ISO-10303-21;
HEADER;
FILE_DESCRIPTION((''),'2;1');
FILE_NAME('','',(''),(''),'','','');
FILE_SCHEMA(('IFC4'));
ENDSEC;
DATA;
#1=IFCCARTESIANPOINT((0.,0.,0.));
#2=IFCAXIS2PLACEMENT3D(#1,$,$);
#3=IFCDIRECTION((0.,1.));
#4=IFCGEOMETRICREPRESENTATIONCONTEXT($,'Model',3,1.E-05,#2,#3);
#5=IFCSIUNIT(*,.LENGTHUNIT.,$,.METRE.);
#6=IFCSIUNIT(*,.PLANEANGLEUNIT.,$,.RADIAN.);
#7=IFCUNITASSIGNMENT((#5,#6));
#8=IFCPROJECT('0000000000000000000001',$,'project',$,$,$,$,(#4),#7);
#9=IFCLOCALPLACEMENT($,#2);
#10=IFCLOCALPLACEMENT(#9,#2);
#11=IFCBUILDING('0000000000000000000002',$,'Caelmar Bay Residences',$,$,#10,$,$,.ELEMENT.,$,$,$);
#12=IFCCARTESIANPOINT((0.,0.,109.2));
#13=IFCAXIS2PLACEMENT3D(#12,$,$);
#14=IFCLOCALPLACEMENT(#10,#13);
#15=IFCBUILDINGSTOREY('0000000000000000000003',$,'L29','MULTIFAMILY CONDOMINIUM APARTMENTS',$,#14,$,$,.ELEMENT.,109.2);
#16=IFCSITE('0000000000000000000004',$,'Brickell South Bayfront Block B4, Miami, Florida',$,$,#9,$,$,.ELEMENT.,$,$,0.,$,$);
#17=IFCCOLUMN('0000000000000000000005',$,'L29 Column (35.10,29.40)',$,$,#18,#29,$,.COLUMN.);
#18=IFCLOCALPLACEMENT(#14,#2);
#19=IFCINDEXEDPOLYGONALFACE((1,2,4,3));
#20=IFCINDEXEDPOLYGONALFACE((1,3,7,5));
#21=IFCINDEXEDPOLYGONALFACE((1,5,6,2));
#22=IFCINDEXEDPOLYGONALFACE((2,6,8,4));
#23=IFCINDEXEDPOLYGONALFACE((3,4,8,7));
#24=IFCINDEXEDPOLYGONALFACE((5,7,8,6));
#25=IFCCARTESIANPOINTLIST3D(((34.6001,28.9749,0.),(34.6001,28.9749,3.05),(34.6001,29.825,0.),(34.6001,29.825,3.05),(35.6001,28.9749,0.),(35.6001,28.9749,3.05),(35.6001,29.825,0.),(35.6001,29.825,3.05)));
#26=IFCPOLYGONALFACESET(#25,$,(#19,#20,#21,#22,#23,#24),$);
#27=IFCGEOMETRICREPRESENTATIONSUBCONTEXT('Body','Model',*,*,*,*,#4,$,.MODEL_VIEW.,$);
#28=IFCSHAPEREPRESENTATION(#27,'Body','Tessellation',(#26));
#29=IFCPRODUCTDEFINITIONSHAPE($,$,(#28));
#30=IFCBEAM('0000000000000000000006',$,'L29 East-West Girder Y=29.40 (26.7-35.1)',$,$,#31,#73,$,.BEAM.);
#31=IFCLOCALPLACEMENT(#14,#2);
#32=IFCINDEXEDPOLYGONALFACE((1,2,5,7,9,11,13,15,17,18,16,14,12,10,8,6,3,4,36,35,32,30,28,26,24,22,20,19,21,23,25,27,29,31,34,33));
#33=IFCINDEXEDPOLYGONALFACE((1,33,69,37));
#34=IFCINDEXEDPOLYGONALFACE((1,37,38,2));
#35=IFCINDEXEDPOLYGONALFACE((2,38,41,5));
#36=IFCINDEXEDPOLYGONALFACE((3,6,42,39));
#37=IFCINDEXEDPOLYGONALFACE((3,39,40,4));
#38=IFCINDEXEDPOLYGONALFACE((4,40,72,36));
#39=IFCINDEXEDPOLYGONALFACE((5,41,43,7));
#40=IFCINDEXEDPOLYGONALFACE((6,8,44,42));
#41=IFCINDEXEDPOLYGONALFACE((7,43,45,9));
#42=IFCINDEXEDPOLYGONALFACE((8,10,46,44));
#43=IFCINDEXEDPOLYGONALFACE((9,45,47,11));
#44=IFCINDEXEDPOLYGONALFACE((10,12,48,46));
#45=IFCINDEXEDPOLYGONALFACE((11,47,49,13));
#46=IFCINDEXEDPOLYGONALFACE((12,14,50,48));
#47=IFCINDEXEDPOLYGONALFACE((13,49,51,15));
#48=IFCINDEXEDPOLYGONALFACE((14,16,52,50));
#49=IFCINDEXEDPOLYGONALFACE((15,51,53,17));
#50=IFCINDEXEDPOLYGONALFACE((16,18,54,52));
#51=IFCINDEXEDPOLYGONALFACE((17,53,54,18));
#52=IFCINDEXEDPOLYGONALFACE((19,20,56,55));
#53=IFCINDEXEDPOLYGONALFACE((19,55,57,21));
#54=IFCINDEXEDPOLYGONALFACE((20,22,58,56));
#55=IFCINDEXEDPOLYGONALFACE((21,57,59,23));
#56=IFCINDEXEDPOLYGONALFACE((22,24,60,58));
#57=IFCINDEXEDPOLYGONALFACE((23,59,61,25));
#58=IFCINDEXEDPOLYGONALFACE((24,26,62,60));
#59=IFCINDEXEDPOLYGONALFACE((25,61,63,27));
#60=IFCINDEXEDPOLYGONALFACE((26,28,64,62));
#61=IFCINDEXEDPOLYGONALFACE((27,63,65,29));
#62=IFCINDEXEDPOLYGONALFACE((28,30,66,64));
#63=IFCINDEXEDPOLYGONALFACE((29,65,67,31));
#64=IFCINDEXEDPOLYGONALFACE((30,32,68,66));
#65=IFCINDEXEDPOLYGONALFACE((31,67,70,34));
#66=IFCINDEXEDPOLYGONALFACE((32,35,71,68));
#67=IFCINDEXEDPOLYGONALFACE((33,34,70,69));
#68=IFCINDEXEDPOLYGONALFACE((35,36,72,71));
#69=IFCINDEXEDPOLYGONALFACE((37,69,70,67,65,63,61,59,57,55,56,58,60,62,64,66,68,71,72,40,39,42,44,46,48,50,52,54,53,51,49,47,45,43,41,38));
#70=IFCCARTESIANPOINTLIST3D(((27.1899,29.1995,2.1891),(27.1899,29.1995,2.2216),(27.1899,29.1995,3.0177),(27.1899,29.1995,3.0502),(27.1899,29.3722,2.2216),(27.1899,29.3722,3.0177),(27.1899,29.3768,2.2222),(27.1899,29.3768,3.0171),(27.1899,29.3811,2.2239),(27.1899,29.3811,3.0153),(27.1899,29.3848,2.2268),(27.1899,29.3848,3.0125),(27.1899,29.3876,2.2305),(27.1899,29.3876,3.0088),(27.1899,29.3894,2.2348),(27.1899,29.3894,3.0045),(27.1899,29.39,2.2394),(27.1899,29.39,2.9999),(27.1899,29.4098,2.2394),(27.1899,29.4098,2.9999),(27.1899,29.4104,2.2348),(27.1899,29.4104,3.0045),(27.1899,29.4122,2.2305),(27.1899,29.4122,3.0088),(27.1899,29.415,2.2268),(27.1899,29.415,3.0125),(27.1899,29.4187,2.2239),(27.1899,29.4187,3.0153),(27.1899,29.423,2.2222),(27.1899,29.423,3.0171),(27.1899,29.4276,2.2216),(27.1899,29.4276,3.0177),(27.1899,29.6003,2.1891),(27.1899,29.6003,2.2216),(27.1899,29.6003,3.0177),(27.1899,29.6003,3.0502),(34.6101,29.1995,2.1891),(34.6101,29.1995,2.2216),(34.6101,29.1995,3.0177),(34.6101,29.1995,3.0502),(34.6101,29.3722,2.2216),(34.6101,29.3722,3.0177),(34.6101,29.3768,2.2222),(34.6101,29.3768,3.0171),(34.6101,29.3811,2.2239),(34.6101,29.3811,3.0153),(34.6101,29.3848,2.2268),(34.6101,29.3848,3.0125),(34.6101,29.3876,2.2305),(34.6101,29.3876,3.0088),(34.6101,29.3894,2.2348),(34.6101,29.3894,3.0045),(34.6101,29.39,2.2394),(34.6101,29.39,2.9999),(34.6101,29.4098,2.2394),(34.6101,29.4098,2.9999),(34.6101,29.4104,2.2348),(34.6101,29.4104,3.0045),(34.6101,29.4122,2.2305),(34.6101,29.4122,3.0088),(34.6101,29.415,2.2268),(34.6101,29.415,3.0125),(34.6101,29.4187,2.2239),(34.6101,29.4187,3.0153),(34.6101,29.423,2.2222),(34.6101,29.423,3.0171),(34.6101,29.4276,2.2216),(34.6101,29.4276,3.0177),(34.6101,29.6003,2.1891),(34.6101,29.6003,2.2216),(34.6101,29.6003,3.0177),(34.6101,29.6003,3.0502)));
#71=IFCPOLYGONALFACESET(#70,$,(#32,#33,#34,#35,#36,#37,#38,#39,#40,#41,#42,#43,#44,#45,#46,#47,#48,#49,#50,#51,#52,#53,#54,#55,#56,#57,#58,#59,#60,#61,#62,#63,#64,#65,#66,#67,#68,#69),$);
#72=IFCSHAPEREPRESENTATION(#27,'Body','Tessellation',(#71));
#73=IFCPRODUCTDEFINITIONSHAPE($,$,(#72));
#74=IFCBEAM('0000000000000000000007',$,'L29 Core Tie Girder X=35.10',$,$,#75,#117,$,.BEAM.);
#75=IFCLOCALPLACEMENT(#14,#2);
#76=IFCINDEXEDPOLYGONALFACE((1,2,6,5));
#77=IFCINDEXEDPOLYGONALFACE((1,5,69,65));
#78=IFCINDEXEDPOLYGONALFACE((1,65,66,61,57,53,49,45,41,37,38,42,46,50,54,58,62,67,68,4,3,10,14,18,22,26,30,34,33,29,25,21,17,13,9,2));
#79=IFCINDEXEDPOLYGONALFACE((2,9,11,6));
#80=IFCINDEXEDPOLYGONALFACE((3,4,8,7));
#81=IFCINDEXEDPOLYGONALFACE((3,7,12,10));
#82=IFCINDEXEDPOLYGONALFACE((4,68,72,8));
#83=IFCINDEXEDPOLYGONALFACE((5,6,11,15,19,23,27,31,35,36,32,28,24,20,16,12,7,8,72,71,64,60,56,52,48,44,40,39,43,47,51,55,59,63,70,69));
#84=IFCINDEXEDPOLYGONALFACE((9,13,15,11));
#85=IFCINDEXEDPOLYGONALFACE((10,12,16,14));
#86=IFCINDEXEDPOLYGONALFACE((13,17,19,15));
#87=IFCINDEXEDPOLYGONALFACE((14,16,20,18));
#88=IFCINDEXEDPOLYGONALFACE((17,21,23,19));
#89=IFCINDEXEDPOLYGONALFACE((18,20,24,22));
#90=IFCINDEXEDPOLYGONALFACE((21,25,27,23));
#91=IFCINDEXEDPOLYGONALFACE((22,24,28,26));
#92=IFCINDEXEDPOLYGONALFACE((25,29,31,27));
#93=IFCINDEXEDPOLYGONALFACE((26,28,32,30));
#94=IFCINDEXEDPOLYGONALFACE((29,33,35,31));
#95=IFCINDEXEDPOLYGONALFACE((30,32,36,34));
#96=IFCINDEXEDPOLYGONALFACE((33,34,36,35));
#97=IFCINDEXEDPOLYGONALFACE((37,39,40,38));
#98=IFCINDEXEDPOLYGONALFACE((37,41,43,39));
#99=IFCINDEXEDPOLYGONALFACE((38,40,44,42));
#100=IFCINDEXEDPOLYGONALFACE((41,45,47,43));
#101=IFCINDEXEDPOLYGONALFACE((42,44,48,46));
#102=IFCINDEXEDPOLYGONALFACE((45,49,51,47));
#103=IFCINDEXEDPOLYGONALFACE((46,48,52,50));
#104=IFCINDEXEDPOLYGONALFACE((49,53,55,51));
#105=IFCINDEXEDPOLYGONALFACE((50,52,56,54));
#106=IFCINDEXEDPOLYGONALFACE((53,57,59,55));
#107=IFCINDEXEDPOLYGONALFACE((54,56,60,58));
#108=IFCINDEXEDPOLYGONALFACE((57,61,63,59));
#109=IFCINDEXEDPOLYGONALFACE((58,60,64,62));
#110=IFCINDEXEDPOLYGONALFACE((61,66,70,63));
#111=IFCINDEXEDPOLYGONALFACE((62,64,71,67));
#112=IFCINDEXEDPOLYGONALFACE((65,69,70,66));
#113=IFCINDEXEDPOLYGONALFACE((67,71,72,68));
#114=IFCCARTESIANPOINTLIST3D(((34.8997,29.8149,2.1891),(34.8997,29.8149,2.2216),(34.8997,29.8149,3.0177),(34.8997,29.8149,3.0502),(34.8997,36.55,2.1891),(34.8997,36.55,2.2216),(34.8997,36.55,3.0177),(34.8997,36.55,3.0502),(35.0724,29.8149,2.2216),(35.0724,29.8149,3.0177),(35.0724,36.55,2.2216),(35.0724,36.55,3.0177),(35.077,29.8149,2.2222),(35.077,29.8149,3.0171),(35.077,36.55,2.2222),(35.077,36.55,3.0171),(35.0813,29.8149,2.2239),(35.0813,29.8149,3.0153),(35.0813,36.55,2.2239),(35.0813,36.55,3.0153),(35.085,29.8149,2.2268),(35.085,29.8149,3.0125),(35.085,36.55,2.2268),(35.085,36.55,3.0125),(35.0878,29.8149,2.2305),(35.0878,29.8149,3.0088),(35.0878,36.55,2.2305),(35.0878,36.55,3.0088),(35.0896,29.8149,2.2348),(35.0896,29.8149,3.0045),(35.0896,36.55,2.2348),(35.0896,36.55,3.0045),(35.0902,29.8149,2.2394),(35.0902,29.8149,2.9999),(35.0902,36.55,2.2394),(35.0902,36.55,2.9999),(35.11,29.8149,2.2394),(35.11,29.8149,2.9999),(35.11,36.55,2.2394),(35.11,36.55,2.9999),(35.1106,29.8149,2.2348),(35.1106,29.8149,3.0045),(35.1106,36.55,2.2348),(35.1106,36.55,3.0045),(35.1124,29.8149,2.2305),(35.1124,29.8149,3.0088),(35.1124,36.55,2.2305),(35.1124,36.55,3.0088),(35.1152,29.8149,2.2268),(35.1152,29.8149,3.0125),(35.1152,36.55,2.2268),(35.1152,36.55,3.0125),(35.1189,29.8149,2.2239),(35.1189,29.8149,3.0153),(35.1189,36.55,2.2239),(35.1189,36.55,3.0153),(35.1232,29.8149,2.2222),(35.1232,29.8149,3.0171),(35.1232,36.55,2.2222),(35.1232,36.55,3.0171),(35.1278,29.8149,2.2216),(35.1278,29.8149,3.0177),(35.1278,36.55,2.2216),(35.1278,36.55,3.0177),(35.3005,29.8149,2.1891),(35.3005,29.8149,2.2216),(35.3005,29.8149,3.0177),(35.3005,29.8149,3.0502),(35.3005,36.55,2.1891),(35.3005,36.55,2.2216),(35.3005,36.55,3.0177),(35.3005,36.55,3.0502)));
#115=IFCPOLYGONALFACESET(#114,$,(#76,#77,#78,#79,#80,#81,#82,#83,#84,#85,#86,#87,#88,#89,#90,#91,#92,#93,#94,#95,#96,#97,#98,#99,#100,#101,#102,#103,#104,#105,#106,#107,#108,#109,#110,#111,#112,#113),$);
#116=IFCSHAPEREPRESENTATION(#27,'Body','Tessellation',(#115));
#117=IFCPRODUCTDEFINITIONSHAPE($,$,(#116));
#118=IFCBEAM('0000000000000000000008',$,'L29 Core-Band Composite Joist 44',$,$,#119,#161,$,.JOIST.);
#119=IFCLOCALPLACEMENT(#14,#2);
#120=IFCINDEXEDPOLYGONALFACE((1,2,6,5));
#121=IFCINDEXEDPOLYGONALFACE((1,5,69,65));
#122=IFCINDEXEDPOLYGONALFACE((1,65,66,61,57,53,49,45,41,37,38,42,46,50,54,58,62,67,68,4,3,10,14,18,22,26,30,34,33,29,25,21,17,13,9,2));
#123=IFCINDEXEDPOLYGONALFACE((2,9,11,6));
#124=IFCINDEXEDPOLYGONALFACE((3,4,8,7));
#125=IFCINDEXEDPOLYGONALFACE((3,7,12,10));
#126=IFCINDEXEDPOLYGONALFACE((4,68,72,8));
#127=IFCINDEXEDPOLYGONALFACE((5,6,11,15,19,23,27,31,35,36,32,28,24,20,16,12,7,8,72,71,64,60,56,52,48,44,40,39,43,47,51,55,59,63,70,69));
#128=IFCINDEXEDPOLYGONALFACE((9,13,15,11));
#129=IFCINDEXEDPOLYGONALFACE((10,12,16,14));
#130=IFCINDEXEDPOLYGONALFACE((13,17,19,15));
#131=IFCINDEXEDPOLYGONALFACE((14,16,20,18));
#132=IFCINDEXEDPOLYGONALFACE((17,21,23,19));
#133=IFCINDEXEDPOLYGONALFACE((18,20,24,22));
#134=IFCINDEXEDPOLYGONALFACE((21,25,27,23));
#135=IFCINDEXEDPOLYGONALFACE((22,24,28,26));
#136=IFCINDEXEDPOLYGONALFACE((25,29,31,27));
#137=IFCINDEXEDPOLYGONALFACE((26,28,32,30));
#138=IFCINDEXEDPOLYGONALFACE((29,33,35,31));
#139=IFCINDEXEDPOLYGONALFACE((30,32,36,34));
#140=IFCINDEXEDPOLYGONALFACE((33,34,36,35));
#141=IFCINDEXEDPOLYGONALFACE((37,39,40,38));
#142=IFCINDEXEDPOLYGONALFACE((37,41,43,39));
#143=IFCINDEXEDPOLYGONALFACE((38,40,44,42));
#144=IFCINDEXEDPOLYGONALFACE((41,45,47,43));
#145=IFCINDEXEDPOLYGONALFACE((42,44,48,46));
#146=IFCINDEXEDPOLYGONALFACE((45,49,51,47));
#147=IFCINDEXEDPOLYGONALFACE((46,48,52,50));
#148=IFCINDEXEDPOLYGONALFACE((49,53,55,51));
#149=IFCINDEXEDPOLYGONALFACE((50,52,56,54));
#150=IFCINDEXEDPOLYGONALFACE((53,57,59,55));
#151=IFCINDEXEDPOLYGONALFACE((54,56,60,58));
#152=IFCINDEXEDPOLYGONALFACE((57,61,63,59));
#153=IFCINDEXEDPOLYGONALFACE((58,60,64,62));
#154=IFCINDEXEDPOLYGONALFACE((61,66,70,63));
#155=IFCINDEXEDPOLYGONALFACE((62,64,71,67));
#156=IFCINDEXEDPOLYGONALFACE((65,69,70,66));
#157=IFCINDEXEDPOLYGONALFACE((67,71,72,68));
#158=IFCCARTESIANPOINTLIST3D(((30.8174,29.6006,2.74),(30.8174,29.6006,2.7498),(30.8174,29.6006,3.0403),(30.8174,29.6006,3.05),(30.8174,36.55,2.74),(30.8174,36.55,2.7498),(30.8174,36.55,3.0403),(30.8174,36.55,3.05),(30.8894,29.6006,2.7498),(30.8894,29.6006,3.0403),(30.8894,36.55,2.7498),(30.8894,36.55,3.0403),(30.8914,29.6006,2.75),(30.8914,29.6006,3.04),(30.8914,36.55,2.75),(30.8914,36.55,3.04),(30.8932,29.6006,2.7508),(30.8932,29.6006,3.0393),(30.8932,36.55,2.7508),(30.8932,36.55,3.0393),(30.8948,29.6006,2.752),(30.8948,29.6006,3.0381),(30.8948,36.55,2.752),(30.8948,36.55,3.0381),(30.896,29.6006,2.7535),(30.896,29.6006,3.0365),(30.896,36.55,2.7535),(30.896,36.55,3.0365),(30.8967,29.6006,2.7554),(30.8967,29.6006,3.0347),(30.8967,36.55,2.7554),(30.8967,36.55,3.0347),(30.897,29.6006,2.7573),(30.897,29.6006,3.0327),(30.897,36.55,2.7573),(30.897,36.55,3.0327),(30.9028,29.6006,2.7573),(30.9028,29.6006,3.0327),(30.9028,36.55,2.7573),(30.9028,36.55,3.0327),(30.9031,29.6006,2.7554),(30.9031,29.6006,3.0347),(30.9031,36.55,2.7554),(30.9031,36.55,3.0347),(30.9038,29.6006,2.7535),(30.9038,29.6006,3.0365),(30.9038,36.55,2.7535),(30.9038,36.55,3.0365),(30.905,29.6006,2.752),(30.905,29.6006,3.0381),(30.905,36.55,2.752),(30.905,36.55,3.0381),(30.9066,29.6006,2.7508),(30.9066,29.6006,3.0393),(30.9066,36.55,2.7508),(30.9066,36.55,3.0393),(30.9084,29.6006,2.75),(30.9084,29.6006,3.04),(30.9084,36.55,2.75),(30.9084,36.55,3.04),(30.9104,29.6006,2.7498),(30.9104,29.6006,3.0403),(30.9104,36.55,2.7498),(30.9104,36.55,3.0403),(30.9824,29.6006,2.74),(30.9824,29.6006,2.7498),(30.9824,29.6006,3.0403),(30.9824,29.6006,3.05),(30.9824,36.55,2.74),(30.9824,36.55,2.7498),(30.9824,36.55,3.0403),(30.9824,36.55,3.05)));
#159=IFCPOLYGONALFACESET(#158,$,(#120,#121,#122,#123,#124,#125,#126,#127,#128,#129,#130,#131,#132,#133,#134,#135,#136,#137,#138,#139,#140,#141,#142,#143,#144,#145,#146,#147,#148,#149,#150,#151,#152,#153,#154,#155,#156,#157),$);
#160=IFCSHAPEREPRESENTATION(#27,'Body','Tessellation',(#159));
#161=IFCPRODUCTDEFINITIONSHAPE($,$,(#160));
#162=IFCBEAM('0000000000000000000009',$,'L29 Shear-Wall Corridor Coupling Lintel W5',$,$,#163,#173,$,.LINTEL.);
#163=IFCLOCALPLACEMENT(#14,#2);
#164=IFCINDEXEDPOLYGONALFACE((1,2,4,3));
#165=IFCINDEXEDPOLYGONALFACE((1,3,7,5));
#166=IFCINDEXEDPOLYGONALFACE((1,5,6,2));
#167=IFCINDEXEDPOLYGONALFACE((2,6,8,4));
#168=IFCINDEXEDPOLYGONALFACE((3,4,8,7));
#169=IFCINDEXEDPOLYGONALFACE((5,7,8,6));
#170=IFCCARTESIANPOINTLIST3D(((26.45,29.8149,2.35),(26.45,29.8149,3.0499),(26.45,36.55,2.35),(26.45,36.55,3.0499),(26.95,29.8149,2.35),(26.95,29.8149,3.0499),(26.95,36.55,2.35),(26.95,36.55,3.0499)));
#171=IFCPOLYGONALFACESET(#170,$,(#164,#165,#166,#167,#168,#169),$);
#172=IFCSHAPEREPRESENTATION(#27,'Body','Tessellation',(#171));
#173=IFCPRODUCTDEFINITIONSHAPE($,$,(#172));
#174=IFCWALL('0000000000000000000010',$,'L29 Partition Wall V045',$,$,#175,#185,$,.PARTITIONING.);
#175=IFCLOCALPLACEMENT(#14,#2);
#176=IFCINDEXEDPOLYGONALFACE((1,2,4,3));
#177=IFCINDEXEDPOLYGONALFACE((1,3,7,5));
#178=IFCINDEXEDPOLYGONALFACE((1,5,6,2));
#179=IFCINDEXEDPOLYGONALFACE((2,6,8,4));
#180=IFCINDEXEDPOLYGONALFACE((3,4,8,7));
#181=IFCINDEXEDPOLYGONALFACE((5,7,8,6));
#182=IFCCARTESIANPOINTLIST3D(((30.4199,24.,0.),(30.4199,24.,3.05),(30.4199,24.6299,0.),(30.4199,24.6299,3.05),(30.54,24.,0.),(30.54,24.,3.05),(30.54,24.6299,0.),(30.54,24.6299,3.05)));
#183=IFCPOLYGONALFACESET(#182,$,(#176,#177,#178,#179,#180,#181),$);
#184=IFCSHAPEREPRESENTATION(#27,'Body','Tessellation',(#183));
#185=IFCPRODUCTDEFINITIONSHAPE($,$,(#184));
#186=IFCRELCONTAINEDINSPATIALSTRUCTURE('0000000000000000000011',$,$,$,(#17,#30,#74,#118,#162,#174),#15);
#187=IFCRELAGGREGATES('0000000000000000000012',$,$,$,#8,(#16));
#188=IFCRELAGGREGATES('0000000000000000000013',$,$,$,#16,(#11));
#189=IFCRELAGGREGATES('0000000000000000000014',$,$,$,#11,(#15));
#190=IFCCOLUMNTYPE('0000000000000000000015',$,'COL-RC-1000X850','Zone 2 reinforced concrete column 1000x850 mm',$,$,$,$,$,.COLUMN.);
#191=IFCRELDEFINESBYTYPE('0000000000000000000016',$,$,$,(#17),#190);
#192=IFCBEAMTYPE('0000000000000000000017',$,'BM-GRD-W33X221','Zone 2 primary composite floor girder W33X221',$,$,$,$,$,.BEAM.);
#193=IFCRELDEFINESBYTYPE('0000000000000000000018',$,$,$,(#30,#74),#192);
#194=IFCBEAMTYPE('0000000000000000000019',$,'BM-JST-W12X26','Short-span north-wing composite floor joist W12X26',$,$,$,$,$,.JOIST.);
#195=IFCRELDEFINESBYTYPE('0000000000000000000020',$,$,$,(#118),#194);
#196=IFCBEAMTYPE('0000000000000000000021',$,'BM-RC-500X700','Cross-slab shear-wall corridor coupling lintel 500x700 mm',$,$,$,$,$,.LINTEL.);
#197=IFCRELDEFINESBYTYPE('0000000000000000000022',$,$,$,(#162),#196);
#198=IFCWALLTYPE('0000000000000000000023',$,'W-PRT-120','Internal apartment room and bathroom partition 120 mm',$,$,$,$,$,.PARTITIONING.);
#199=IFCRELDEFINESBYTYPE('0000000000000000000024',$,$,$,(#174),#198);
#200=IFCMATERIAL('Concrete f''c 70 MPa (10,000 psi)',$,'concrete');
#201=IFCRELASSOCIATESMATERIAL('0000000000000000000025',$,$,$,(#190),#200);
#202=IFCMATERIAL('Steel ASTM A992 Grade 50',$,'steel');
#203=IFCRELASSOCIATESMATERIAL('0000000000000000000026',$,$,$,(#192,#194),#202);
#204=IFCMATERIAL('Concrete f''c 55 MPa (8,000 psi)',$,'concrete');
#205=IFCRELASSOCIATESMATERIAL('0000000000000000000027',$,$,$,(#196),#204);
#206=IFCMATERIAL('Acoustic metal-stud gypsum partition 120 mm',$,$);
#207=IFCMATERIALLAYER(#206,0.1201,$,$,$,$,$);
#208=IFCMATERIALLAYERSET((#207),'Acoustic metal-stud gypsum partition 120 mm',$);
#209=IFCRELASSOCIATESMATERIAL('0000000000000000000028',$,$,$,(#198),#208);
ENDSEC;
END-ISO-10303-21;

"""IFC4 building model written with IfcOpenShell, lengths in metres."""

from ifc_helpers import new_model, si_unit, direction, frame, frame_2d, origin, origin_2d, place, context, subcontext, project, spatial, rectangle, i_section, extrude, material, layer, layer_set, material_profile, profile_set, type_object, element, save


model = new_model("IFC4")

# Units and contexts
model_context = context("Model", 3, precision=1e-05, world=origin(), true_north=direction((0.0, 1.0)))
body_context = subcontext(model_context, "Body", "Model", "MODEL_VIEW")
ifc_project = project(units=[si_unit("LENGTHUNIT", "METRE"), si_unit("PLANEANGLEUNIT", "RADIAN")], contexts=[model_context])

# Site, building, storey
site_placement = place(None, origin())
site = spatial("IfcSite", under=ifc_project, at=site_placement, Name="Brickell South Bayfront Block B4, Miami, Florida", CompositionType="ELEMENT", RefElevation=0.0)
building_placement = place(site_placement, origin())
building = spatial("IfcBuilding", under=site, at=building_placement, Name="Caelmar Bay Residences", CompositionType="ELEMENT")
storey_placement = place(building_placement, frame((0.0, 0.0, 109.2)))
storey = spatial("IfcBuildingStorey", under=building, at=storey_placement, Name="L29", Description="MULTIFAMILY CONDOMINIUM APARTMENTS", CompositionType="ELEMENT", Elevation=109.2)

# Column
ifc_material_1 = material(Name="Concrete f'c 70 MPa (10,000 psi)", Category="concrete")
ifc_material_profile_1 = material_profile(ifc_material_1, rectangle(XDim=1.0, YDim=0.8501, at=origin_2d()), Name="RC-COL-1000X850")
ifc_profile_set_1 = profile_set([ifc_material_profile_1], Name="Concrete f'c 70 MPa (10,000 psi)")
column_type = type_object("IfcColumnType", Name="COL-RC-1000X850", Description="Zone 2 reinforced concrete column 1000x850 mm", PredefinedType="COLUMN", material=ifc_profile_set_1)
column_placement = place(storey_placement, frame((35.1001, 29.3999, 0.0), z_axis=(0.0, 0.0, 1.0), x_axis=(1.0, 0.0, 0.0)))
element("IfcColumn", 1, at=column_placement, inside=storey, type_object=column_type, Name="L29 Column (35.10,29.40)", PredefinedType="COLUMN", context=body_context, shape_type="SweptSolid", body=[
    extrude(rectangle(XDim=1.0, YDim=0.8501, at=origin_2d()), origin(), (0.0, 0.0, 1.0), 3.05),
])

# Beams
ifc_material_2 = material(Name="Steel ASTM A992 Grade 50", Category="steel")
ifc_material_profile_2 = material_profile(ifc_material_2, i_section(OverallWidth=0.4009, OverallDepth=0.8611, WebThickness=0.0198, FlangeThickness=0.0325, FilletRadius=0.0178, at=origin_2d()), Name="W33X221")
ifc_profile_set_2 = profile_set([ifc_material_profile_2], Name="Steel ASTM A992 Grade 50")
beam_type_1 = type_object("IfcBeamType", Name="BM-GRD-W33X221", Description="Zone 2 primary composite floor girder W33X221", PredefinedType="BEAM", material=ifc_profile_set_2)
beam_1_placement = place(storey_placement, frame((27.1899, 29.3999, 2.6196), z_axis=(1.0, 0.0, 0.0), x_axis=(0.0, 1.0, 0.0)))
element("IfcBeam", 2, at=beam_1_placement, inside=storey, type_object=beam_type_1, Name="L29 East-West Girder Y=29.40 (26.7-35.1)", PredefinedType="BEAM", context=body_context, shape_type="SweptSolid", body=[
    extrude(i_section(OverallWidth=0.4009, OverallDepth=0.8611, WebThickness=0.0198, FlangeThickness=0.0325, FilletRadius=0.0178, at=origin_2d()), origin(), (0.0, 0.0, 1.0), 7.4202),
])
beam_2_placement = place(storey_placement, frame((35.1001, 29.8149, 2.6196), z_axis=(0.0, 1.0, 0.0), x_axis=(-1.0, 0.0, 0.0)))
element("IfcBeam", 3, at=beam_2_placement, inside=storey, type_object=beam_type_1, Name="L29 Core Tie Girder X=35.10", PredefinedType="BEAM", context=body_context, shape_type="SweptSolid", body=[
    extrude(i_section(OverallWidth=0.4009, OverallDepth=0.8611, WebThickness=0.0198, FlangeThickness=0.0325, FilletRadius=0.0178, at=origin_2d()), origin(), (0.0, 0.0, 1.0), 6.7351),
])
ifc_material_profile_3 = material_profile(ifc_material_2, i_section(OverallWidth=0.165, OverallDepth=0.3101, WebThickness=0.0059, FlangeThickness=0.0098, FilletRadius=0.0076, at=origin_2d()), Name="W12X26")
ifc_profile_set_3 = profile_set([ifc_material_profile_3], Name="Steel ASTM A992 Grade 50")
beam_type_2 = type_object("IfcBeamType", Name="BM-JST-W12X26", Description="Short-span north-wing composite floor joist W12X26", PredefinedType="JOIST", material=ifc_profile_set_3)
beam_3_placement = place(storey_placement, frame((30.8999, 29.6006, 2.895), z_axis=(0.0, 1.0, 0.0), x_axis=(-1.0, 0.0, 0.0)))
element("IfcBeam", 4, at=beam_3_placement, inside=storey, type_object=beam_type_2, Name="L29 Core-Band Composite Joist 44", PredefinedType="JOIST", context=body_context, shape_type="SweptSolid", body=[
    extrude(i_section(OverallWidth=0.165, OverallDepth=0.3101, WebThickness=0.0059, FlangeThickness=0.0098, FilletRadius=0.0076, at=origin_2d()), origin(), (0.0, 0.0, 1.0), 6.9495),
])
ifc_material_3 = material(Name="Concrete f'c 55 MPa (8,000 psi)", Category="concrete")
ifc_material_profile_4 = material_profile(ifc_material_3, rectangle(XDim=0.5, YDim=0.7, at=origin_2d()), Name="RC-BM-500X700")
ifc_profile_set_4 = profile_set([ifc_material_profile_4], Name="Concrete f'c 55 MPa (8,000 psi)")
beam_type_3 = type_object("IfcBeamType", Name="BM-RC-500X700", Description="Cross-slab shear-wall corridor coupling lintel 500x700 mm", PredefinedType="LINTEL", material=ifc_profile_set_4)
beam_4_placement = place(storey_placement, frame((26.7, 29.8149, 2.7), z_axis=(0.0, 1.0, 0.0), x_axis=(-1.0, 0.0, 0.0)))
element("IfcBeam", 5, at=beam_4_placement, inside=storey, type_object=beam_type_3, Name="L29 Shear-Wall Corridor Coupling Lintel W5", PredefinedType="LINTEL", context=body_context, shape_type="SweptSolid", body=[
    extrude(rectangle(XDim=0.5, YDim=0.7, at=origin_2d()), origin(), (0.0, 0.0, 1.0), 6.7351),
])

# Wall
ifc_material_4 = material(Name="Acoustic metal-stud gypsum partition 120 mm")
ifc_layer_1 = layer(ifc_material_4, 0.1201)
ifc_layer_set_1 = layer_set([ifc_layer_1], Name="Acoustic metal-stud gypsum partition 120 mm")
wall_type_1 = type_object("IfcWallType", Name="W-PRT-120", Description="Internal apartment room and bathroom partition 120 mm", PredefinedType="PARTITIONING", material=ifc_layer_set_1)
wall_1_placement = place(storey_placement, frame((30.48, 24.0, 0.0), z_axis=(0.0, 0.0, 1.0), x_axis=(0.0, 1.0, 0.0)))
element("IfcWall", 6, at=wall_1_placement, inside=storey, type_object=wall_type_1, Name="L29 Partition Wall V045", PredefinedType="PARTITIONING", context=body_context, shape_type="SweptSolid", body=[
    extrude(rectangle(XDim=0.6299, YDim=0.1201, at=frame_2d((0.3149, 0.0))), origin(), (0.0, 0.0, 1.0), 3.05),
])

save(model, "model.ifc")
